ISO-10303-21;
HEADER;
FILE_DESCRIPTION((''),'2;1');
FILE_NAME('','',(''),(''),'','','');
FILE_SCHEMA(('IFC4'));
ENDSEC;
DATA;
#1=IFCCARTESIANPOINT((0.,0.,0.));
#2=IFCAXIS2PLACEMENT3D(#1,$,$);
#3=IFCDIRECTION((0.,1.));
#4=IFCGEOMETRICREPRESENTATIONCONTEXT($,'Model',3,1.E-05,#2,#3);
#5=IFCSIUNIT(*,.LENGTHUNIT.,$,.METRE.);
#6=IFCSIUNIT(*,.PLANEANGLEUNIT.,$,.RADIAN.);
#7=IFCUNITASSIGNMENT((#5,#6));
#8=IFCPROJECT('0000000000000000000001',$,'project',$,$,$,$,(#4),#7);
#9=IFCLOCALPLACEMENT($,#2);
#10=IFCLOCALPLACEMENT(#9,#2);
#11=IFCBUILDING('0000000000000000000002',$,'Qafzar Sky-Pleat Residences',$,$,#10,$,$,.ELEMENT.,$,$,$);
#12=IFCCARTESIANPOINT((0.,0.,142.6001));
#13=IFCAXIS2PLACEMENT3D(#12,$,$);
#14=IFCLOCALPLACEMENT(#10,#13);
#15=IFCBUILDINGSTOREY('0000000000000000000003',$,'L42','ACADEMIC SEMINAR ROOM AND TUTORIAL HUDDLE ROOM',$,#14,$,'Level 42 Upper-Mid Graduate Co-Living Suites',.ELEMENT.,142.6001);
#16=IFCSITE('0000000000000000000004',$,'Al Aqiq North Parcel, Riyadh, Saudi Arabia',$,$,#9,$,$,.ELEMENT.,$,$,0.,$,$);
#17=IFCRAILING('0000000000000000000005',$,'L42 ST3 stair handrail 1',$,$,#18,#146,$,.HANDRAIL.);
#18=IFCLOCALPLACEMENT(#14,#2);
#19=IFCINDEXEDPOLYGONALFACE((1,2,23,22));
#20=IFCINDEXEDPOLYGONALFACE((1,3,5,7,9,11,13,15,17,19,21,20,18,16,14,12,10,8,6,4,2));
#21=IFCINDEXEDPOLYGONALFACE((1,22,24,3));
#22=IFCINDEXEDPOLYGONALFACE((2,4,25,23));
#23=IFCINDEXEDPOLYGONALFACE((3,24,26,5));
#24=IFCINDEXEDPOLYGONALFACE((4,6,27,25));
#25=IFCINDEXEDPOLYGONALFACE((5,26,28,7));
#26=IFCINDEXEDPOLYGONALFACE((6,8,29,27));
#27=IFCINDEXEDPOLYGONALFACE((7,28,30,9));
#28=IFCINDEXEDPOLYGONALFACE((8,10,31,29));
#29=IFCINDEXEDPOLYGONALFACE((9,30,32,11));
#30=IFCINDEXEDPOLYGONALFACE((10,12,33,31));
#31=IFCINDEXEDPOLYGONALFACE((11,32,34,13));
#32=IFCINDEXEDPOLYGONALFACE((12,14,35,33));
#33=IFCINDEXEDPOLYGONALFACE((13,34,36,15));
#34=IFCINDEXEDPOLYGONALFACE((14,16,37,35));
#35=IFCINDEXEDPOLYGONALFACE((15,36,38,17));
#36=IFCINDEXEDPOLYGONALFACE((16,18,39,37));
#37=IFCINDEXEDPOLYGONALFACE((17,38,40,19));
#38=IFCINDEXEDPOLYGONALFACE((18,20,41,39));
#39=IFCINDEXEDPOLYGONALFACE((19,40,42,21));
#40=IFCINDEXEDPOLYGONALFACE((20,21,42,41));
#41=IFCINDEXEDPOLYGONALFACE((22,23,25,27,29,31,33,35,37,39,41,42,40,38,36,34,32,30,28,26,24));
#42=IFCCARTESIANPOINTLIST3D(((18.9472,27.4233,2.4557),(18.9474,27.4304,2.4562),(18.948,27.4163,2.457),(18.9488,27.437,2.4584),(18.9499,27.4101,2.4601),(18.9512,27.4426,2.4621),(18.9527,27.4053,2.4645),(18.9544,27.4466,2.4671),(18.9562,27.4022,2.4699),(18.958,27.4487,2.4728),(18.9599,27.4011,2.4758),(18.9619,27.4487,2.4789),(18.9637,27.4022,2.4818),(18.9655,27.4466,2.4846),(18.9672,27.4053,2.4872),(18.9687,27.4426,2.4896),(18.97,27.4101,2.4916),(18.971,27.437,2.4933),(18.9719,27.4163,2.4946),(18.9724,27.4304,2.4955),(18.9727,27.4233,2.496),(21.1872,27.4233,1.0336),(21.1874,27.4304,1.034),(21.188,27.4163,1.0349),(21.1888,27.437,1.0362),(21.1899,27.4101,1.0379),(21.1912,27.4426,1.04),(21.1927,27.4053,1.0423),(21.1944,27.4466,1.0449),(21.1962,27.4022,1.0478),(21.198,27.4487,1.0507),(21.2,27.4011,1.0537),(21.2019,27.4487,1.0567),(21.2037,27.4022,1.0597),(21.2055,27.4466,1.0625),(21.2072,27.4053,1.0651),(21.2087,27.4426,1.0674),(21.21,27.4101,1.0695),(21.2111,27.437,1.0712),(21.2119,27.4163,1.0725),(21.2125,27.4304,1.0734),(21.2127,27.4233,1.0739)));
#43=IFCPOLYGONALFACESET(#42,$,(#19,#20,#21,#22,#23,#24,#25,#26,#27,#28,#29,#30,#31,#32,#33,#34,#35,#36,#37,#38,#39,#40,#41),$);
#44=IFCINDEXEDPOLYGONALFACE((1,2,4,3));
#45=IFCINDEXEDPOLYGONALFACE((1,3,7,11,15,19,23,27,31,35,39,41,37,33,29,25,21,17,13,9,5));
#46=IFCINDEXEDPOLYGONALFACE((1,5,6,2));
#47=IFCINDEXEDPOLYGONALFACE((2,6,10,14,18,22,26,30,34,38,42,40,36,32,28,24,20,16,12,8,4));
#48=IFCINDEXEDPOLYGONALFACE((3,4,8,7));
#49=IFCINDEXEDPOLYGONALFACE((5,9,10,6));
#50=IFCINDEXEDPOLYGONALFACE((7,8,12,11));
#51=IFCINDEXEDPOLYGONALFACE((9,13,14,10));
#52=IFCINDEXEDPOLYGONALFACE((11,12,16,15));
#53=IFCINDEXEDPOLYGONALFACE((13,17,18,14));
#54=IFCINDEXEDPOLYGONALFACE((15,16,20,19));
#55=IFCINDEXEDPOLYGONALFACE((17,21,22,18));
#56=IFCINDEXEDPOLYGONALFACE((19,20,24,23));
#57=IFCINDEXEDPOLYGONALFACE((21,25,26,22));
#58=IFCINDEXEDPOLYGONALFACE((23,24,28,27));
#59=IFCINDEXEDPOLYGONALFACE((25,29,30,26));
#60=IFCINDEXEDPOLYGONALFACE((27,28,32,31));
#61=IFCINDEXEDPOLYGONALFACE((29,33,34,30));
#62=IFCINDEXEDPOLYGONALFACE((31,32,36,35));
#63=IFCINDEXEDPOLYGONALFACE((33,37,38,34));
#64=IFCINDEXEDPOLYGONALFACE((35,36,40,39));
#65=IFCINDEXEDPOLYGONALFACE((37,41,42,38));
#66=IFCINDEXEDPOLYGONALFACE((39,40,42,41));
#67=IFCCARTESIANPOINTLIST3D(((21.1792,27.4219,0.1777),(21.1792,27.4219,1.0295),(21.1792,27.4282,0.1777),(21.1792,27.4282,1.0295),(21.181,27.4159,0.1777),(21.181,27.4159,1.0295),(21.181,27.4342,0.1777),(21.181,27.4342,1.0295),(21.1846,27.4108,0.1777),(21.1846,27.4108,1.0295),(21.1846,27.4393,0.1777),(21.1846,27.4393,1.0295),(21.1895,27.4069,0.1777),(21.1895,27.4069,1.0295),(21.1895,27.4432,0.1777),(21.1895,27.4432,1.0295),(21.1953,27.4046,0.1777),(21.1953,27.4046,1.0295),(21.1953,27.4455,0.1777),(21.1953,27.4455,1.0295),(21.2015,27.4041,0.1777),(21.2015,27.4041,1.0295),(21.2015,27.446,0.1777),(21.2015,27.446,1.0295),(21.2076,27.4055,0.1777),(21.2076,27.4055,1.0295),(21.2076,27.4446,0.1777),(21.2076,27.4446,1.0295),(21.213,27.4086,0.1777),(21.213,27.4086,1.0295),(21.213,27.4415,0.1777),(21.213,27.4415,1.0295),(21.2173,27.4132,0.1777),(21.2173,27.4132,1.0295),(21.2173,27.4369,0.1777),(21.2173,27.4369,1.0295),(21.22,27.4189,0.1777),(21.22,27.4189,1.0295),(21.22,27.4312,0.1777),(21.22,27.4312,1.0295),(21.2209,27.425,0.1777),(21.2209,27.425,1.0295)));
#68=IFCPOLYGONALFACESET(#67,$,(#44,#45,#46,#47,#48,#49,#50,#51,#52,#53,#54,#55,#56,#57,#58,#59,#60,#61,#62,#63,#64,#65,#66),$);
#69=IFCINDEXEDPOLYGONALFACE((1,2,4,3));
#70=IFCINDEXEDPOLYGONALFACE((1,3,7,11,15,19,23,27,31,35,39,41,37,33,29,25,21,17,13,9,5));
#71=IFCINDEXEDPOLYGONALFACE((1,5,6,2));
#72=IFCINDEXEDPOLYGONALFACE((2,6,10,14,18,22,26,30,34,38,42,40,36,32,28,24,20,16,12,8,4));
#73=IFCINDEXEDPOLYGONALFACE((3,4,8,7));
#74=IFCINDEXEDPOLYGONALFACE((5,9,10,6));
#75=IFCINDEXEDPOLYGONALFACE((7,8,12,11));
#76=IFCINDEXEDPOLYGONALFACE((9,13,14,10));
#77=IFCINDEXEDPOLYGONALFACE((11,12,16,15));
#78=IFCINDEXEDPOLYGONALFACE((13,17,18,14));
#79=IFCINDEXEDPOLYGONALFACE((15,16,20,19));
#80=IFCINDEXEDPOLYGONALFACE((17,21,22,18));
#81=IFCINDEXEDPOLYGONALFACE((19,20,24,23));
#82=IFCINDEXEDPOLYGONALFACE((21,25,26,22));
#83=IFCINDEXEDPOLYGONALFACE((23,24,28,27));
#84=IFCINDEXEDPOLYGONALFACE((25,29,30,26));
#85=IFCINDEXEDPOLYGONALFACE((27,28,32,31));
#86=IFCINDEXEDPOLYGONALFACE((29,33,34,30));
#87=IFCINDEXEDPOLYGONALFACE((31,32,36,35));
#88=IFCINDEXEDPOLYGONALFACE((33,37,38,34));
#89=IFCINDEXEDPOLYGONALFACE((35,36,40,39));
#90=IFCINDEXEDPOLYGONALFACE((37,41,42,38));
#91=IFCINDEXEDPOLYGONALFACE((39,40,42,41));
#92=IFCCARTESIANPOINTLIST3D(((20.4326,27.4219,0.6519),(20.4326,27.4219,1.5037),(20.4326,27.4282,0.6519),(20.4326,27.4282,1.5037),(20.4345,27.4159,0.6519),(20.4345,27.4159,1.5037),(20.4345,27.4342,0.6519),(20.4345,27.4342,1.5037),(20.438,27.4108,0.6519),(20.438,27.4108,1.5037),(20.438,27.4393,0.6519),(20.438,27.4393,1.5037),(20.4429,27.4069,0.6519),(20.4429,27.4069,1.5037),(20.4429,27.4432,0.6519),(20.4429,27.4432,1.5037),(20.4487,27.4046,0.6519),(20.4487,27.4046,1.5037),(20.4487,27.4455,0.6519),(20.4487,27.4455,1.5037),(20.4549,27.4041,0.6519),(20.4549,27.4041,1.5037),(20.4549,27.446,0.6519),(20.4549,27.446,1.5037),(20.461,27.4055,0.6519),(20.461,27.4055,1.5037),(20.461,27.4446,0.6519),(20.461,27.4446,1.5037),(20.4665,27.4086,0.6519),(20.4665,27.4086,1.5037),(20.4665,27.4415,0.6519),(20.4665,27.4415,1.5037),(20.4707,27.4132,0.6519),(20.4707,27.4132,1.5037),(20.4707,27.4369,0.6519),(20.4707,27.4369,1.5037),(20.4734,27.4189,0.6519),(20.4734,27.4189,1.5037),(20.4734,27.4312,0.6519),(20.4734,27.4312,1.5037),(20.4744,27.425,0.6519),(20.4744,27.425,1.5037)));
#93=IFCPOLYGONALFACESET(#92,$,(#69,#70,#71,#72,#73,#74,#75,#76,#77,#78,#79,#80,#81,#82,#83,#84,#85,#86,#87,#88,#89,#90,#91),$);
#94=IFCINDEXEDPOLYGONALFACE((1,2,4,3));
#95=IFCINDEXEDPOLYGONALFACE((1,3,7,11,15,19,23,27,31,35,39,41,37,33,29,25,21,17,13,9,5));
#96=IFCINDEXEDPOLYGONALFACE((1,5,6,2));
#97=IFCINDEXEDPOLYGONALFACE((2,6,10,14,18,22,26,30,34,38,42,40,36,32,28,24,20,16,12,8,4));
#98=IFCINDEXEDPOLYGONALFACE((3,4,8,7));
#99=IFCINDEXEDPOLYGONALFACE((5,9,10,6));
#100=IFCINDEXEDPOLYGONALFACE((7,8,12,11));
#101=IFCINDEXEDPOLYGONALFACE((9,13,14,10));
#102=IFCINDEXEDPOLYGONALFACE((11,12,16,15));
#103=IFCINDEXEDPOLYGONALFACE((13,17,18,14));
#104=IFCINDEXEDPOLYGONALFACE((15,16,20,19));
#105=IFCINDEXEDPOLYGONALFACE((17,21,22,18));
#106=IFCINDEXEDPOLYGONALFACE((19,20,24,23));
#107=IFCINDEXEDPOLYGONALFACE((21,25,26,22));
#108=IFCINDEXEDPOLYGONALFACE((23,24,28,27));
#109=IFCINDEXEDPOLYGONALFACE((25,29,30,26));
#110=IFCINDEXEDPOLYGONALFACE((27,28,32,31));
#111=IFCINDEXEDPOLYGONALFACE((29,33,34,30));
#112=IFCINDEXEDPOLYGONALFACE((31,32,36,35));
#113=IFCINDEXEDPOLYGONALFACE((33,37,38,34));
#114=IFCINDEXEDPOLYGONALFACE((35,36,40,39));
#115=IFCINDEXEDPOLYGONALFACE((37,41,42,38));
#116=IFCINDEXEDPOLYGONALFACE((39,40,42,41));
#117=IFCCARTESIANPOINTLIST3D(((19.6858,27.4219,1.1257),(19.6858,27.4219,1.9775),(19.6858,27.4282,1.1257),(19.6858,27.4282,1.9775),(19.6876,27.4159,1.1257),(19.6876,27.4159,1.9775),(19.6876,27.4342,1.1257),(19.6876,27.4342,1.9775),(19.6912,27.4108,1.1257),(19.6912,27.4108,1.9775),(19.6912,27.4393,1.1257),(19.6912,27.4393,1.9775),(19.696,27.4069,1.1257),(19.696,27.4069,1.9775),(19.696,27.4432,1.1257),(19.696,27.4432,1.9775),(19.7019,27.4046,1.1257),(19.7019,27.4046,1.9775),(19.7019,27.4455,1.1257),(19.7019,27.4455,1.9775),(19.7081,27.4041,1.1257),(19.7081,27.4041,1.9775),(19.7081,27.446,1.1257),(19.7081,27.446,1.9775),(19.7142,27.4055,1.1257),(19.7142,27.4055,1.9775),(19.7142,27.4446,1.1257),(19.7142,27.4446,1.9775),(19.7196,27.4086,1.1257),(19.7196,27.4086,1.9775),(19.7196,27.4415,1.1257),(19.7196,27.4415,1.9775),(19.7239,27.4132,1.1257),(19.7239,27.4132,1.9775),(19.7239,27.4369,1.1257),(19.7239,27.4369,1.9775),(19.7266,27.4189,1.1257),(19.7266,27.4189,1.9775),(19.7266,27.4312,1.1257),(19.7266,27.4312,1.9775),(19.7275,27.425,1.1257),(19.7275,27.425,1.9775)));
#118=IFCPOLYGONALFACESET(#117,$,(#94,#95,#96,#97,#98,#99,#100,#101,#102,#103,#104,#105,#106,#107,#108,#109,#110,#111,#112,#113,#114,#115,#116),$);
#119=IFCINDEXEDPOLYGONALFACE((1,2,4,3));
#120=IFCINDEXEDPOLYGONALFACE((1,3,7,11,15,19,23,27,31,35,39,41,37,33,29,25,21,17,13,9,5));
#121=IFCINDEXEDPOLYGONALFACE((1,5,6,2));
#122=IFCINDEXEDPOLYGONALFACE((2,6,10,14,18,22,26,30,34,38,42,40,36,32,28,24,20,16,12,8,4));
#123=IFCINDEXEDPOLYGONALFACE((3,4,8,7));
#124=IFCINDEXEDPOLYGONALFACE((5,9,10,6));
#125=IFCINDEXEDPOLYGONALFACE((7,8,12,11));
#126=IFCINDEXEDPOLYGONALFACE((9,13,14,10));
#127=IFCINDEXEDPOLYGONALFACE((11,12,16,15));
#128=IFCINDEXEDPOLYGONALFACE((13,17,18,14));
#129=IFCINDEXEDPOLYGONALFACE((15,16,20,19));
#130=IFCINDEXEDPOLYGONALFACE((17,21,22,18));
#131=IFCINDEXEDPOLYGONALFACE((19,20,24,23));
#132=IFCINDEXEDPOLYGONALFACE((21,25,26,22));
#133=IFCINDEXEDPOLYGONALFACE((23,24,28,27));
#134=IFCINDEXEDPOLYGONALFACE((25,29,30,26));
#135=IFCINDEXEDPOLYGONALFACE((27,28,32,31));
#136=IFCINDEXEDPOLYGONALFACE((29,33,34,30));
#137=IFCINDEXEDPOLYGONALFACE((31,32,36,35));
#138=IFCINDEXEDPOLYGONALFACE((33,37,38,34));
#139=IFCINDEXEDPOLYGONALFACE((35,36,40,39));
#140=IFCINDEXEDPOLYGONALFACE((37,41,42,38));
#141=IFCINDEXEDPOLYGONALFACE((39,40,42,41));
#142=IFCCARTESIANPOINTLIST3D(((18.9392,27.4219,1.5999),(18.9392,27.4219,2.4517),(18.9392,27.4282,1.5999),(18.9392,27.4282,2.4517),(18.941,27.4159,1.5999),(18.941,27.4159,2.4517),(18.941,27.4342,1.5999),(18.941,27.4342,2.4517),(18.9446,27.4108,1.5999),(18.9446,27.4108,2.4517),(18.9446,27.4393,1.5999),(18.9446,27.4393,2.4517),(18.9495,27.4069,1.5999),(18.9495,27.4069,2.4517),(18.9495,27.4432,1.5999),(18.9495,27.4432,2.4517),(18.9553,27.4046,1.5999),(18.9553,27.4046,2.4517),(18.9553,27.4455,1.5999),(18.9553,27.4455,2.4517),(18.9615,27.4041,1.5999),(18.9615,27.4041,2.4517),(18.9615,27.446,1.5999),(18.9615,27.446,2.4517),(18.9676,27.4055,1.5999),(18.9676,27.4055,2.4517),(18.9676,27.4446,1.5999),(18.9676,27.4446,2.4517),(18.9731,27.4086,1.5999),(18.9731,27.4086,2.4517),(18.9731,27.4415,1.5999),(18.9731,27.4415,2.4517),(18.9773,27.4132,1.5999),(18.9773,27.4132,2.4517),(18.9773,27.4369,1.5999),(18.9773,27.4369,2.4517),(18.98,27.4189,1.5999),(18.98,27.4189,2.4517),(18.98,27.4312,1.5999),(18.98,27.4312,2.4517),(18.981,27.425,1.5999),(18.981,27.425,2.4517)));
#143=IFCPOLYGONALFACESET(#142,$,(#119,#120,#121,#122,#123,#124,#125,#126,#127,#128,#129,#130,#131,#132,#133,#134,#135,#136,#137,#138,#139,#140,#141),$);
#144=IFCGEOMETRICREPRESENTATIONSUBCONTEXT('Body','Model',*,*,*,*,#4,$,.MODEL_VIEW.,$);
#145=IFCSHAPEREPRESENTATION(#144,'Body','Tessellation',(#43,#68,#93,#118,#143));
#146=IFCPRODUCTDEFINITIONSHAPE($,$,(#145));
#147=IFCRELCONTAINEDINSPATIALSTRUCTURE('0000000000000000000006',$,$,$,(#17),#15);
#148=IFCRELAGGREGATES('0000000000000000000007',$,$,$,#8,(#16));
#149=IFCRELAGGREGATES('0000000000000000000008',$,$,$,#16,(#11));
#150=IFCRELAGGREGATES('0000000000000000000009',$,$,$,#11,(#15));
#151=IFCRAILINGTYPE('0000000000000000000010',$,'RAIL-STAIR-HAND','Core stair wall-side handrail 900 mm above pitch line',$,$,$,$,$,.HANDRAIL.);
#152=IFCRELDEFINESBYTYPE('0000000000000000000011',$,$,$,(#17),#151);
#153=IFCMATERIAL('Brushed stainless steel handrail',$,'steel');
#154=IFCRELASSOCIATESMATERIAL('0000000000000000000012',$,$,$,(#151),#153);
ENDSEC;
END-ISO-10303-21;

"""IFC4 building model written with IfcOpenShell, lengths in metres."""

from ifc_helpers import new_model, si_unit, direction, frame, origin, origin_2d, place, context, subcontext, project, spatial, circle, extrude, source, transform, mapped, material, type_object, element, save


model = new_model("IFC4")

# Units and contexts
model_context = context("Model", 3, precision=1e-05, world=origin(), true_north=direction((0.0, 1.0)))
body_context = subcontext(model_context, "Body", "Model", "MODEL_VIEW")
ifc_project = project(units=[si_unit("LENGTHUNIT", "METRE"), si_unit("PLANEANGLEUNIT", "RADIAN")], contexts=[model_context])

# Site, building, storey
site_placement = place(None, origin())
site = spatial("IfcSite", under=ifc_project, at=site_placement, Name="Al Aqiq North Parcel, Riyadh, Saudi Arabia", CompositionType="ELEMENT", RefElevation=0.0)
building_placement = place(site_placement, origin())
building = spatial("IfcBuilding", under=site, at=building_placement, Name="Qafzar Sky-Pleat Residences", CompositionType="ELEMENT")
storey_placement = place(building_placement, frame((0.0, 0.0, 142.6001)))
storey = spatial("IfcBuildingStorey", under=building, at=storey_placement, Name="L42", Description="ACADEMIC SEMINAR ROOM AND TUTORIAL HUDDLE ROOM", LongName="Level 42 Upper-Mid Graduate Co-Living Suites", CompositionType="ELEMENT", Elevation=142.6001)

# Railing
ifc_material_1 = material(Name="Brushed stainless steel handrail", Category="steel")
railing_type_1 = type_object("IfcRailingType", Name="RAIL-STAIR-HAND", Description="Core stair wall-side handrail 900 mm above pitch line", PredefinedType="HANDRAIL", material=ifc_material_1)
shared_shape_1 = source(origin(), body_context, "Body", "SweptSolid", [
    extrude(circle(Radius=0.0239, at=origin_2d()), frame((0.0, 0.0, 0.876), z_axis=(-0.844229, 0.0, 0.535982), x_axis=(0.0, -1.0, 0.0)), (0.0, 0.0, 1.0), 2.6533),
    extrude(circle(Radius=0.021, at=origin_2d()), origin(), (0.0, 0.0, 1.0), 0.8518),
    extrude(circle(Radius=0.021, at=origin_2d()), frame((-0.7466, 0.0, 0.4741)), (0.0, 0.0, 1.0), 0.8518),
    extrude(circle(Radius=0.021, at=origin_2d()), frame((-1.4934, 0.0, 0.948)), (0.0, 0.0, 1.0), 0.8518),
    extrude(circle(Radius=0.021, at=origin_2d()), frame((-2.24, 0.0, 1.4221)), (0.0, 0.0, 1.0), 0.8518),
])
railing_1_placement = place(storey_placement, frame((21.2, 27.425, 0.1777)))
element("IfcRailing", 1, at=railing_1_placement, inside=storey, type_object=railing_type_1, Name="L42 ST3 stair handrail 1", PredefinedType="HANDRAIL", context=body_context, shape_type="MappedRepresentation", body=[
    mapped(shared_shape_1, transform((0.0, 0.0, 0.0), x_axis=(1.0, 0.0, 0.0), y_axis=(0.0, 1.0, 0.0), z_axis=(0.0, 0.0, 1.0), scale=1.0)),
])

save(model, "model.ifc")
